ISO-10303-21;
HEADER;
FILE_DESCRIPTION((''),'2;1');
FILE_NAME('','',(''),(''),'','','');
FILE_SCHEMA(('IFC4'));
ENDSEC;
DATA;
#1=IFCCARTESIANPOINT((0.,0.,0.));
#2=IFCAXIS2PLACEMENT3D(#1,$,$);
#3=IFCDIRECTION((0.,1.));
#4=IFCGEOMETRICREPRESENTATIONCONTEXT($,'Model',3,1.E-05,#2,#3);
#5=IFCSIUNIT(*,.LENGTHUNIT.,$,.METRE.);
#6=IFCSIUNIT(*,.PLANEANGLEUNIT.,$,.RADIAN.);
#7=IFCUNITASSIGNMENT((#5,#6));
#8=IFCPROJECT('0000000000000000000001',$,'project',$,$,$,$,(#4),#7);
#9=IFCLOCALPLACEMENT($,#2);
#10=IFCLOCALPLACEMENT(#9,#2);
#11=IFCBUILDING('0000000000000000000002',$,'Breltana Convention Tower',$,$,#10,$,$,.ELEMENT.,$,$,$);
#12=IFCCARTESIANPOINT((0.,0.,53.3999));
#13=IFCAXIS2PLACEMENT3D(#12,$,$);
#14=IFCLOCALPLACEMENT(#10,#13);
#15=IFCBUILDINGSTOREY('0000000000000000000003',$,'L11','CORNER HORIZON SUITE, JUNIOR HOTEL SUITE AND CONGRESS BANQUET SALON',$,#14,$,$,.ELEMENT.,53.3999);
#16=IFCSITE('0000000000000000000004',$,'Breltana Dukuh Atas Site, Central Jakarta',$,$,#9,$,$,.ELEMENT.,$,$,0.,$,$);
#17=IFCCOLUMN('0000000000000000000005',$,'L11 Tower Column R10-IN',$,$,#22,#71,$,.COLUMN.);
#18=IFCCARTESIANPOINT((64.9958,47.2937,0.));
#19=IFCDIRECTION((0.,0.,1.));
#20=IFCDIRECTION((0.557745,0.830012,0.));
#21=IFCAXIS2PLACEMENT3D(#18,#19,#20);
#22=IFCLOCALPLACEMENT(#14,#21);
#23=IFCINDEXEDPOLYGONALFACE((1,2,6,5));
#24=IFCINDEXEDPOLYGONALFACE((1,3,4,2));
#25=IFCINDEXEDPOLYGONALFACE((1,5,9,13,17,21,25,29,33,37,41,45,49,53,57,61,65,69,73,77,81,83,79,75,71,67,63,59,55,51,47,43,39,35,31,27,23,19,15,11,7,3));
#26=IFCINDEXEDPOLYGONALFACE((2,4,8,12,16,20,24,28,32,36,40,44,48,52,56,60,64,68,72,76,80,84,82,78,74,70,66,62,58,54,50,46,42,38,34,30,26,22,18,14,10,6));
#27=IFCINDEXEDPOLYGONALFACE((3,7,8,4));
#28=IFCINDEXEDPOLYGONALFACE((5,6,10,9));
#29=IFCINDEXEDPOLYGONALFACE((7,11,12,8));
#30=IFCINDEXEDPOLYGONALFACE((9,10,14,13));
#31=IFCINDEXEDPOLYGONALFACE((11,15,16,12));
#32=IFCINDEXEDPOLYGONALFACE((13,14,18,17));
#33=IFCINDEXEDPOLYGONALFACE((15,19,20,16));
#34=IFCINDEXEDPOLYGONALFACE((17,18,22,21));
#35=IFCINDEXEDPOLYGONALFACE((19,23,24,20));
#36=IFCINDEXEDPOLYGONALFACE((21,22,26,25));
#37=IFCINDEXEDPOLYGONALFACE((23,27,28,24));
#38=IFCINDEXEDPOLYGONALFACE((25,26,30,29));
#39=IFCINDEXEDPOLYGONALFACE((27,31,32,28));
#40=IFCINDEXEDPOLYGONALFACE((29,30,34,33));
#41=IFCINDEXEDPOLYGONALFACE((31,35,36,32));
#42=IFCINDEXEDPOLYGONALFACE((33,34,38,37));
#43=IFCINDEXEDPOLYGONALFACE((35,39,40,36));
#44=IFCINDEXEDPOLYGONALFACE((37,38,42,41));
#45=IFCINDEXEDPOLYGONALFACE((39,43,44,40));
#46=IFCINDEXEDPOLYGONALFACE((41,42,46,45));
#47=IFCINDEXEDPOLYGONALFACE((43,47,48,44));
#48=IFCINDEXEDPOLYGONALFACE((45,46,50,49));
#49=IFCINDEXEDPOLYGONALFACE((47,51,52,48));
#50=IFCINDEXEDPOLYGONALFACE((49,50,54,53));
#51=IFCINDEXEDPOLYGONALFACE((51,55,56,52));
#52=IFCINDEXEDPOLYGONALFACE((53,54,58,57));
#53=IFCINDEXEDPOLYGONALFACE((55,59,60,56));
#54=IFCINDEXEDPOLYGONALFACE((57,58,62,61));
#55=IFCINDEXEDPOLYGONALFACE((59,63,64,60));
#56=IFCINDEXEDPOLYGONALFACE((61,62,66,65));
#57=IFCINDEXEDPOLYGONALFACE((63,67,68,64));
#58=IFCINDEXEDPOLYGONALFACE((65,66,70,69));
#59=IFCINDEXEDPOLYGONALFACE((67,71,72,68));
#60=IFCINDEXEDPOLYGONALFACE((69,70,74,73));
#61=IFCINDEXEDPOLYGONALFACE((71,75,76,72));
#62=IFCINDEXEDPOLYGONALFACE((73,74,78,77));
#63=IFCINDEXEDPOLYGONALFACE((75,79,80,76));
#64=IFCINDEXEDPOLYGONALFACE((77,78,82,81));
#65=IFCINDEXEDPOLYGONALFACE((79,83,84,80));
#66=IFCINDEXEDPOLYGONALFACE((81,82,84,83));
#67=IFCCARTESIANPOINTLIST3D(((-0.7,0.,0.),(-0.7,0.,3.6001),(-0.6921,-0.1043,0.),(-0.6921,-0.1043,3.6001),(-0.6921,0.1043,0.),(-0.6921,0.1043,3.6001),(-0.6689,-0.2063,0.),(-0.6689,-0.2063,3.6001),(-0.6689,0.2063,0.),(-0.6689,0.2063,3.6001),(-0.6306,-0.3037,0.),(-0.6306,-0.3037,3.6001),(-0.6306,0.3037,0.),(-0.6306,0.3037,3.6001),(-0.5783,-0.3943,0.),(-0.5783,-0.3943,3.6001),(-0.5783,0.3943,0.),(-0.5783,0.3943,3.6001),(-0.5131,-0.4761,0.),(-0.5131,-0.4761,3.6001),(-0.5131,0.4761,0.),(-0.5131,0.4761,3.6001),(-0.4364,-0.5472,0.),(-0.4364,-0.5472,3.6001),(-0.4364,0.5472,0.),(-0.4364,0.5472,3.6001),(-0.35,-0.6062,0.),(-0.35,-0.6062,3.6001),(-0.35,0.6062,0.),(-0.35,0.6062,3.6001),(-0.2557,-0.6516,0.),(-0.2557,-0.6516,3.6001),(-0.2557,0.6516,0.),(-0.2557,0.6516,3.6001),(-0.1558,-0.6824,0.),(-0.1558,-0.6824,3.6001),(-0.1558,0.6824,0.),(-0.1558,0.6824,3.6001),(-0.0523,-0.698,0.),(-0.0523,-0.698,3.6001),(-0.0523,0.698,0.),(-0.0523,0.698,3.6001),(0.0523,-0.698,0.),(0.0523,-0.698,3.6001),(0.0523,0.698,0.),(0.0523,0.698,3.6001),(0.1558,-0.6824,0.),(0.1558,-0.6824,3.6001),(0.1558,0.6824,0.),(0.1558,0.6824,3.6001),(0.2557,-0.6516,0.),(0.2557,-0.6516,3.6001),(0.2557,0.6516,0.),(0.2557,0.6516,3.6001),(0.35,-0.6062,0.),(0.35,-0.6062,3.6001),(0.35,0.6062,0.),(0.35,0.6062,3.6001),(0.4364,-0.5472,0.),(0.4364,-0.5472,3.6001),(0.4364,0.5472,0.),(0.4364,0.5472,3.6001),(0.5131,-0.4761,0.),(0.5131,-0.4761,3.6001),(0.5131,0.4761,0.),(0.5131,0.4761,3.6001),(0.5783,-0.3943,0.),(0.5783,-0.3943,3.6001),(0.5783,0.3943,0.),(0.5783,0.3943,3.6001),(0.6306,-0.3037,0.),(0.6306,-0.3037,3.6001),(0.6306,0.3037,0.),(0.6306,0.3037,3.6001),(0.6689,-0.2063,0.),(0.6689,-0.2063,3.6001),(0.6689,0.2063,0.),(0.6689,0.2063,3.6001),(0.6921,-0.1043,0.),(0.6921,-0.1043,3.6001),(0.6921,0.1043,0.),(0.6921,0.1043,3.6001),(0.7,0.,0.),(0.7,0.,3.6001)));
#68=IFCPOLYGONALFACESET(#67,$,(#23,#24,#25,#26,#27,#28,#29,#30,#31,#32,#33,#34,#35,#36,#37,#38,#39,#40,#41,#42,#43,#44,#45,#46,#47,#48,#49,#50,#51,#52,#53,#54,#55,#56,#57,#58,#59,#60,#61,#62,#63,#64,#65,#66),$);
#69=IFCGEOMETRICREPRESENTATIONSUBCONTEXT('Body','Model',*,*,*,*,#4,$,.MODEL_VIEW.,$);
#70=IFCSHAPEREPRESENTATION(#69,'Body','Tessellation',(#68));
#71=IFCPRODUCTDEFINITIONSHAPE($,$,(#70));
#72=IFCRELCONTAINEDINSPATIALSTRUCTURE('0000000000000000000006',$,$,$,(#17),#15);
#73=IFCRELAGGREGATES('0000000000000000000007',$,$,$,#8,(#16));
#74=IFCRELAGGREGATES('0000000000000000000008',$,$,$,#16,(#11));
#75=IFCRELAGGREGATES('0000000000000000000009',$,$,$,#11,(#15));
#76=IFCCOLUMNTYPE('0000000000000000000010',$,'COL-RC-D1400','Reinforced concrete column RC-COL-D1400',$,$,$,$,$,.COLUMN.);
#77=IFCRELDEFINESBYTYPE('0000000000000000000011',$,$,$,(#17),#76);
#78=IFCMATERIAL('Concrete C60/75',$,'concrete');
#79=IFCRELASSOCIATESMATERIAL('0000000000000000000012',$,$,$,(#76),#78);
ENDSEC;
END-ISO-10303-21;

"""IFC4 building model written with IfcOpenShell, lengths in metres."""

from ifc_helpers import new_model, si_unit, direction, frame, origin, origin_2d, place, context, subcontext, project, spatial, circle, extrude, source, transform, mapped, material, material_profile, profile_set, type_object, element, save


model = new_model("IFC4")

# Units and contexts
model_context = context("Model", 3, precision=1e-05, world=origin(), true_north=direction((0.0, 1.0)))
body_context = subcontext(model_context, "Body", "Model", "MODEL_VIEW")
ifc_project = project(units=[si_unit("LENGTHUNIT", "METRE"), si_unit("PLANEANGLEUNIT", "RADIAN")], contexts=[model_context])

# Site, building, storey
site_placement = place(None, origin())
site = spatial("IfcSite", under=ifc_project, at=site_placement, Name="Breltana Dukuh Atas Site, Central Jakarta", CompositionType="ELEMENT", RefElevation=0.0)
building_placement = place(site_placement, origin())
building = spatial("IfcBuilding", under=site, at=building_placement, Name="Breltana Convention Tower", CompositionType="ELEMENT")
storey_placement = place(building_placement, frame((0.0, 0.0, 53.3999)))
storey = spatial("IfcBuildingStorey", under=building, at=storey_placement, Name="L11", Description="CORNER HORIZON SUITE, JUNIOR HOTEL SUITE AND CONGRESS BANQUET SALON", CompositionType="ELEMENT", Elevation=53.3999)

# Column
ifc_material_1 = material(Name="Concrete C60/75", Category="concrete")
ifc_material_profile_1 = material_profile(ifc_material_1, circle(Radius=0.7, at=origin_2d()), Name="RC-COL-D1400")
ifc_profile_set_1 = profile_set([ifc_material_profile_1], Name="Concrete C60/75")
column_type_1 = type_object("IfcColumnType", Name="COL-RC-D1400", Description="Reinforced concrete column RC-COL-D1400", PredefinedType="COLUMN", material=ifc_profile_set_1)
shared_shape_1 = source(origin(), body_context, "Body", "SweptSolid", [
    extrude(circle(Radius=0.7, at=origin_2d()), origin(), (0.0, 0.0, 1.0), 3.6001),
])
column_1_placement = place(storey_placement, frame((64.9958, 47.2937, 0.0), z_axis=(0.0, 0.0, 1.0), x_axis=(0.557745, 0.830012, 0.0)))
element("IfcColumn", 1, at=column_1_placement, inside=storey, type_object=column_type_1, Name="L11 Tower Column R10-IN", PredefinedType="COLUMN", context=body_context, shape_type="MappedRepresentation", body=[
    mapped(shared_shape_1, transform((0.0, 0.0, 0.0), scale=1.0)),
])

save(model, "model.ifc")
